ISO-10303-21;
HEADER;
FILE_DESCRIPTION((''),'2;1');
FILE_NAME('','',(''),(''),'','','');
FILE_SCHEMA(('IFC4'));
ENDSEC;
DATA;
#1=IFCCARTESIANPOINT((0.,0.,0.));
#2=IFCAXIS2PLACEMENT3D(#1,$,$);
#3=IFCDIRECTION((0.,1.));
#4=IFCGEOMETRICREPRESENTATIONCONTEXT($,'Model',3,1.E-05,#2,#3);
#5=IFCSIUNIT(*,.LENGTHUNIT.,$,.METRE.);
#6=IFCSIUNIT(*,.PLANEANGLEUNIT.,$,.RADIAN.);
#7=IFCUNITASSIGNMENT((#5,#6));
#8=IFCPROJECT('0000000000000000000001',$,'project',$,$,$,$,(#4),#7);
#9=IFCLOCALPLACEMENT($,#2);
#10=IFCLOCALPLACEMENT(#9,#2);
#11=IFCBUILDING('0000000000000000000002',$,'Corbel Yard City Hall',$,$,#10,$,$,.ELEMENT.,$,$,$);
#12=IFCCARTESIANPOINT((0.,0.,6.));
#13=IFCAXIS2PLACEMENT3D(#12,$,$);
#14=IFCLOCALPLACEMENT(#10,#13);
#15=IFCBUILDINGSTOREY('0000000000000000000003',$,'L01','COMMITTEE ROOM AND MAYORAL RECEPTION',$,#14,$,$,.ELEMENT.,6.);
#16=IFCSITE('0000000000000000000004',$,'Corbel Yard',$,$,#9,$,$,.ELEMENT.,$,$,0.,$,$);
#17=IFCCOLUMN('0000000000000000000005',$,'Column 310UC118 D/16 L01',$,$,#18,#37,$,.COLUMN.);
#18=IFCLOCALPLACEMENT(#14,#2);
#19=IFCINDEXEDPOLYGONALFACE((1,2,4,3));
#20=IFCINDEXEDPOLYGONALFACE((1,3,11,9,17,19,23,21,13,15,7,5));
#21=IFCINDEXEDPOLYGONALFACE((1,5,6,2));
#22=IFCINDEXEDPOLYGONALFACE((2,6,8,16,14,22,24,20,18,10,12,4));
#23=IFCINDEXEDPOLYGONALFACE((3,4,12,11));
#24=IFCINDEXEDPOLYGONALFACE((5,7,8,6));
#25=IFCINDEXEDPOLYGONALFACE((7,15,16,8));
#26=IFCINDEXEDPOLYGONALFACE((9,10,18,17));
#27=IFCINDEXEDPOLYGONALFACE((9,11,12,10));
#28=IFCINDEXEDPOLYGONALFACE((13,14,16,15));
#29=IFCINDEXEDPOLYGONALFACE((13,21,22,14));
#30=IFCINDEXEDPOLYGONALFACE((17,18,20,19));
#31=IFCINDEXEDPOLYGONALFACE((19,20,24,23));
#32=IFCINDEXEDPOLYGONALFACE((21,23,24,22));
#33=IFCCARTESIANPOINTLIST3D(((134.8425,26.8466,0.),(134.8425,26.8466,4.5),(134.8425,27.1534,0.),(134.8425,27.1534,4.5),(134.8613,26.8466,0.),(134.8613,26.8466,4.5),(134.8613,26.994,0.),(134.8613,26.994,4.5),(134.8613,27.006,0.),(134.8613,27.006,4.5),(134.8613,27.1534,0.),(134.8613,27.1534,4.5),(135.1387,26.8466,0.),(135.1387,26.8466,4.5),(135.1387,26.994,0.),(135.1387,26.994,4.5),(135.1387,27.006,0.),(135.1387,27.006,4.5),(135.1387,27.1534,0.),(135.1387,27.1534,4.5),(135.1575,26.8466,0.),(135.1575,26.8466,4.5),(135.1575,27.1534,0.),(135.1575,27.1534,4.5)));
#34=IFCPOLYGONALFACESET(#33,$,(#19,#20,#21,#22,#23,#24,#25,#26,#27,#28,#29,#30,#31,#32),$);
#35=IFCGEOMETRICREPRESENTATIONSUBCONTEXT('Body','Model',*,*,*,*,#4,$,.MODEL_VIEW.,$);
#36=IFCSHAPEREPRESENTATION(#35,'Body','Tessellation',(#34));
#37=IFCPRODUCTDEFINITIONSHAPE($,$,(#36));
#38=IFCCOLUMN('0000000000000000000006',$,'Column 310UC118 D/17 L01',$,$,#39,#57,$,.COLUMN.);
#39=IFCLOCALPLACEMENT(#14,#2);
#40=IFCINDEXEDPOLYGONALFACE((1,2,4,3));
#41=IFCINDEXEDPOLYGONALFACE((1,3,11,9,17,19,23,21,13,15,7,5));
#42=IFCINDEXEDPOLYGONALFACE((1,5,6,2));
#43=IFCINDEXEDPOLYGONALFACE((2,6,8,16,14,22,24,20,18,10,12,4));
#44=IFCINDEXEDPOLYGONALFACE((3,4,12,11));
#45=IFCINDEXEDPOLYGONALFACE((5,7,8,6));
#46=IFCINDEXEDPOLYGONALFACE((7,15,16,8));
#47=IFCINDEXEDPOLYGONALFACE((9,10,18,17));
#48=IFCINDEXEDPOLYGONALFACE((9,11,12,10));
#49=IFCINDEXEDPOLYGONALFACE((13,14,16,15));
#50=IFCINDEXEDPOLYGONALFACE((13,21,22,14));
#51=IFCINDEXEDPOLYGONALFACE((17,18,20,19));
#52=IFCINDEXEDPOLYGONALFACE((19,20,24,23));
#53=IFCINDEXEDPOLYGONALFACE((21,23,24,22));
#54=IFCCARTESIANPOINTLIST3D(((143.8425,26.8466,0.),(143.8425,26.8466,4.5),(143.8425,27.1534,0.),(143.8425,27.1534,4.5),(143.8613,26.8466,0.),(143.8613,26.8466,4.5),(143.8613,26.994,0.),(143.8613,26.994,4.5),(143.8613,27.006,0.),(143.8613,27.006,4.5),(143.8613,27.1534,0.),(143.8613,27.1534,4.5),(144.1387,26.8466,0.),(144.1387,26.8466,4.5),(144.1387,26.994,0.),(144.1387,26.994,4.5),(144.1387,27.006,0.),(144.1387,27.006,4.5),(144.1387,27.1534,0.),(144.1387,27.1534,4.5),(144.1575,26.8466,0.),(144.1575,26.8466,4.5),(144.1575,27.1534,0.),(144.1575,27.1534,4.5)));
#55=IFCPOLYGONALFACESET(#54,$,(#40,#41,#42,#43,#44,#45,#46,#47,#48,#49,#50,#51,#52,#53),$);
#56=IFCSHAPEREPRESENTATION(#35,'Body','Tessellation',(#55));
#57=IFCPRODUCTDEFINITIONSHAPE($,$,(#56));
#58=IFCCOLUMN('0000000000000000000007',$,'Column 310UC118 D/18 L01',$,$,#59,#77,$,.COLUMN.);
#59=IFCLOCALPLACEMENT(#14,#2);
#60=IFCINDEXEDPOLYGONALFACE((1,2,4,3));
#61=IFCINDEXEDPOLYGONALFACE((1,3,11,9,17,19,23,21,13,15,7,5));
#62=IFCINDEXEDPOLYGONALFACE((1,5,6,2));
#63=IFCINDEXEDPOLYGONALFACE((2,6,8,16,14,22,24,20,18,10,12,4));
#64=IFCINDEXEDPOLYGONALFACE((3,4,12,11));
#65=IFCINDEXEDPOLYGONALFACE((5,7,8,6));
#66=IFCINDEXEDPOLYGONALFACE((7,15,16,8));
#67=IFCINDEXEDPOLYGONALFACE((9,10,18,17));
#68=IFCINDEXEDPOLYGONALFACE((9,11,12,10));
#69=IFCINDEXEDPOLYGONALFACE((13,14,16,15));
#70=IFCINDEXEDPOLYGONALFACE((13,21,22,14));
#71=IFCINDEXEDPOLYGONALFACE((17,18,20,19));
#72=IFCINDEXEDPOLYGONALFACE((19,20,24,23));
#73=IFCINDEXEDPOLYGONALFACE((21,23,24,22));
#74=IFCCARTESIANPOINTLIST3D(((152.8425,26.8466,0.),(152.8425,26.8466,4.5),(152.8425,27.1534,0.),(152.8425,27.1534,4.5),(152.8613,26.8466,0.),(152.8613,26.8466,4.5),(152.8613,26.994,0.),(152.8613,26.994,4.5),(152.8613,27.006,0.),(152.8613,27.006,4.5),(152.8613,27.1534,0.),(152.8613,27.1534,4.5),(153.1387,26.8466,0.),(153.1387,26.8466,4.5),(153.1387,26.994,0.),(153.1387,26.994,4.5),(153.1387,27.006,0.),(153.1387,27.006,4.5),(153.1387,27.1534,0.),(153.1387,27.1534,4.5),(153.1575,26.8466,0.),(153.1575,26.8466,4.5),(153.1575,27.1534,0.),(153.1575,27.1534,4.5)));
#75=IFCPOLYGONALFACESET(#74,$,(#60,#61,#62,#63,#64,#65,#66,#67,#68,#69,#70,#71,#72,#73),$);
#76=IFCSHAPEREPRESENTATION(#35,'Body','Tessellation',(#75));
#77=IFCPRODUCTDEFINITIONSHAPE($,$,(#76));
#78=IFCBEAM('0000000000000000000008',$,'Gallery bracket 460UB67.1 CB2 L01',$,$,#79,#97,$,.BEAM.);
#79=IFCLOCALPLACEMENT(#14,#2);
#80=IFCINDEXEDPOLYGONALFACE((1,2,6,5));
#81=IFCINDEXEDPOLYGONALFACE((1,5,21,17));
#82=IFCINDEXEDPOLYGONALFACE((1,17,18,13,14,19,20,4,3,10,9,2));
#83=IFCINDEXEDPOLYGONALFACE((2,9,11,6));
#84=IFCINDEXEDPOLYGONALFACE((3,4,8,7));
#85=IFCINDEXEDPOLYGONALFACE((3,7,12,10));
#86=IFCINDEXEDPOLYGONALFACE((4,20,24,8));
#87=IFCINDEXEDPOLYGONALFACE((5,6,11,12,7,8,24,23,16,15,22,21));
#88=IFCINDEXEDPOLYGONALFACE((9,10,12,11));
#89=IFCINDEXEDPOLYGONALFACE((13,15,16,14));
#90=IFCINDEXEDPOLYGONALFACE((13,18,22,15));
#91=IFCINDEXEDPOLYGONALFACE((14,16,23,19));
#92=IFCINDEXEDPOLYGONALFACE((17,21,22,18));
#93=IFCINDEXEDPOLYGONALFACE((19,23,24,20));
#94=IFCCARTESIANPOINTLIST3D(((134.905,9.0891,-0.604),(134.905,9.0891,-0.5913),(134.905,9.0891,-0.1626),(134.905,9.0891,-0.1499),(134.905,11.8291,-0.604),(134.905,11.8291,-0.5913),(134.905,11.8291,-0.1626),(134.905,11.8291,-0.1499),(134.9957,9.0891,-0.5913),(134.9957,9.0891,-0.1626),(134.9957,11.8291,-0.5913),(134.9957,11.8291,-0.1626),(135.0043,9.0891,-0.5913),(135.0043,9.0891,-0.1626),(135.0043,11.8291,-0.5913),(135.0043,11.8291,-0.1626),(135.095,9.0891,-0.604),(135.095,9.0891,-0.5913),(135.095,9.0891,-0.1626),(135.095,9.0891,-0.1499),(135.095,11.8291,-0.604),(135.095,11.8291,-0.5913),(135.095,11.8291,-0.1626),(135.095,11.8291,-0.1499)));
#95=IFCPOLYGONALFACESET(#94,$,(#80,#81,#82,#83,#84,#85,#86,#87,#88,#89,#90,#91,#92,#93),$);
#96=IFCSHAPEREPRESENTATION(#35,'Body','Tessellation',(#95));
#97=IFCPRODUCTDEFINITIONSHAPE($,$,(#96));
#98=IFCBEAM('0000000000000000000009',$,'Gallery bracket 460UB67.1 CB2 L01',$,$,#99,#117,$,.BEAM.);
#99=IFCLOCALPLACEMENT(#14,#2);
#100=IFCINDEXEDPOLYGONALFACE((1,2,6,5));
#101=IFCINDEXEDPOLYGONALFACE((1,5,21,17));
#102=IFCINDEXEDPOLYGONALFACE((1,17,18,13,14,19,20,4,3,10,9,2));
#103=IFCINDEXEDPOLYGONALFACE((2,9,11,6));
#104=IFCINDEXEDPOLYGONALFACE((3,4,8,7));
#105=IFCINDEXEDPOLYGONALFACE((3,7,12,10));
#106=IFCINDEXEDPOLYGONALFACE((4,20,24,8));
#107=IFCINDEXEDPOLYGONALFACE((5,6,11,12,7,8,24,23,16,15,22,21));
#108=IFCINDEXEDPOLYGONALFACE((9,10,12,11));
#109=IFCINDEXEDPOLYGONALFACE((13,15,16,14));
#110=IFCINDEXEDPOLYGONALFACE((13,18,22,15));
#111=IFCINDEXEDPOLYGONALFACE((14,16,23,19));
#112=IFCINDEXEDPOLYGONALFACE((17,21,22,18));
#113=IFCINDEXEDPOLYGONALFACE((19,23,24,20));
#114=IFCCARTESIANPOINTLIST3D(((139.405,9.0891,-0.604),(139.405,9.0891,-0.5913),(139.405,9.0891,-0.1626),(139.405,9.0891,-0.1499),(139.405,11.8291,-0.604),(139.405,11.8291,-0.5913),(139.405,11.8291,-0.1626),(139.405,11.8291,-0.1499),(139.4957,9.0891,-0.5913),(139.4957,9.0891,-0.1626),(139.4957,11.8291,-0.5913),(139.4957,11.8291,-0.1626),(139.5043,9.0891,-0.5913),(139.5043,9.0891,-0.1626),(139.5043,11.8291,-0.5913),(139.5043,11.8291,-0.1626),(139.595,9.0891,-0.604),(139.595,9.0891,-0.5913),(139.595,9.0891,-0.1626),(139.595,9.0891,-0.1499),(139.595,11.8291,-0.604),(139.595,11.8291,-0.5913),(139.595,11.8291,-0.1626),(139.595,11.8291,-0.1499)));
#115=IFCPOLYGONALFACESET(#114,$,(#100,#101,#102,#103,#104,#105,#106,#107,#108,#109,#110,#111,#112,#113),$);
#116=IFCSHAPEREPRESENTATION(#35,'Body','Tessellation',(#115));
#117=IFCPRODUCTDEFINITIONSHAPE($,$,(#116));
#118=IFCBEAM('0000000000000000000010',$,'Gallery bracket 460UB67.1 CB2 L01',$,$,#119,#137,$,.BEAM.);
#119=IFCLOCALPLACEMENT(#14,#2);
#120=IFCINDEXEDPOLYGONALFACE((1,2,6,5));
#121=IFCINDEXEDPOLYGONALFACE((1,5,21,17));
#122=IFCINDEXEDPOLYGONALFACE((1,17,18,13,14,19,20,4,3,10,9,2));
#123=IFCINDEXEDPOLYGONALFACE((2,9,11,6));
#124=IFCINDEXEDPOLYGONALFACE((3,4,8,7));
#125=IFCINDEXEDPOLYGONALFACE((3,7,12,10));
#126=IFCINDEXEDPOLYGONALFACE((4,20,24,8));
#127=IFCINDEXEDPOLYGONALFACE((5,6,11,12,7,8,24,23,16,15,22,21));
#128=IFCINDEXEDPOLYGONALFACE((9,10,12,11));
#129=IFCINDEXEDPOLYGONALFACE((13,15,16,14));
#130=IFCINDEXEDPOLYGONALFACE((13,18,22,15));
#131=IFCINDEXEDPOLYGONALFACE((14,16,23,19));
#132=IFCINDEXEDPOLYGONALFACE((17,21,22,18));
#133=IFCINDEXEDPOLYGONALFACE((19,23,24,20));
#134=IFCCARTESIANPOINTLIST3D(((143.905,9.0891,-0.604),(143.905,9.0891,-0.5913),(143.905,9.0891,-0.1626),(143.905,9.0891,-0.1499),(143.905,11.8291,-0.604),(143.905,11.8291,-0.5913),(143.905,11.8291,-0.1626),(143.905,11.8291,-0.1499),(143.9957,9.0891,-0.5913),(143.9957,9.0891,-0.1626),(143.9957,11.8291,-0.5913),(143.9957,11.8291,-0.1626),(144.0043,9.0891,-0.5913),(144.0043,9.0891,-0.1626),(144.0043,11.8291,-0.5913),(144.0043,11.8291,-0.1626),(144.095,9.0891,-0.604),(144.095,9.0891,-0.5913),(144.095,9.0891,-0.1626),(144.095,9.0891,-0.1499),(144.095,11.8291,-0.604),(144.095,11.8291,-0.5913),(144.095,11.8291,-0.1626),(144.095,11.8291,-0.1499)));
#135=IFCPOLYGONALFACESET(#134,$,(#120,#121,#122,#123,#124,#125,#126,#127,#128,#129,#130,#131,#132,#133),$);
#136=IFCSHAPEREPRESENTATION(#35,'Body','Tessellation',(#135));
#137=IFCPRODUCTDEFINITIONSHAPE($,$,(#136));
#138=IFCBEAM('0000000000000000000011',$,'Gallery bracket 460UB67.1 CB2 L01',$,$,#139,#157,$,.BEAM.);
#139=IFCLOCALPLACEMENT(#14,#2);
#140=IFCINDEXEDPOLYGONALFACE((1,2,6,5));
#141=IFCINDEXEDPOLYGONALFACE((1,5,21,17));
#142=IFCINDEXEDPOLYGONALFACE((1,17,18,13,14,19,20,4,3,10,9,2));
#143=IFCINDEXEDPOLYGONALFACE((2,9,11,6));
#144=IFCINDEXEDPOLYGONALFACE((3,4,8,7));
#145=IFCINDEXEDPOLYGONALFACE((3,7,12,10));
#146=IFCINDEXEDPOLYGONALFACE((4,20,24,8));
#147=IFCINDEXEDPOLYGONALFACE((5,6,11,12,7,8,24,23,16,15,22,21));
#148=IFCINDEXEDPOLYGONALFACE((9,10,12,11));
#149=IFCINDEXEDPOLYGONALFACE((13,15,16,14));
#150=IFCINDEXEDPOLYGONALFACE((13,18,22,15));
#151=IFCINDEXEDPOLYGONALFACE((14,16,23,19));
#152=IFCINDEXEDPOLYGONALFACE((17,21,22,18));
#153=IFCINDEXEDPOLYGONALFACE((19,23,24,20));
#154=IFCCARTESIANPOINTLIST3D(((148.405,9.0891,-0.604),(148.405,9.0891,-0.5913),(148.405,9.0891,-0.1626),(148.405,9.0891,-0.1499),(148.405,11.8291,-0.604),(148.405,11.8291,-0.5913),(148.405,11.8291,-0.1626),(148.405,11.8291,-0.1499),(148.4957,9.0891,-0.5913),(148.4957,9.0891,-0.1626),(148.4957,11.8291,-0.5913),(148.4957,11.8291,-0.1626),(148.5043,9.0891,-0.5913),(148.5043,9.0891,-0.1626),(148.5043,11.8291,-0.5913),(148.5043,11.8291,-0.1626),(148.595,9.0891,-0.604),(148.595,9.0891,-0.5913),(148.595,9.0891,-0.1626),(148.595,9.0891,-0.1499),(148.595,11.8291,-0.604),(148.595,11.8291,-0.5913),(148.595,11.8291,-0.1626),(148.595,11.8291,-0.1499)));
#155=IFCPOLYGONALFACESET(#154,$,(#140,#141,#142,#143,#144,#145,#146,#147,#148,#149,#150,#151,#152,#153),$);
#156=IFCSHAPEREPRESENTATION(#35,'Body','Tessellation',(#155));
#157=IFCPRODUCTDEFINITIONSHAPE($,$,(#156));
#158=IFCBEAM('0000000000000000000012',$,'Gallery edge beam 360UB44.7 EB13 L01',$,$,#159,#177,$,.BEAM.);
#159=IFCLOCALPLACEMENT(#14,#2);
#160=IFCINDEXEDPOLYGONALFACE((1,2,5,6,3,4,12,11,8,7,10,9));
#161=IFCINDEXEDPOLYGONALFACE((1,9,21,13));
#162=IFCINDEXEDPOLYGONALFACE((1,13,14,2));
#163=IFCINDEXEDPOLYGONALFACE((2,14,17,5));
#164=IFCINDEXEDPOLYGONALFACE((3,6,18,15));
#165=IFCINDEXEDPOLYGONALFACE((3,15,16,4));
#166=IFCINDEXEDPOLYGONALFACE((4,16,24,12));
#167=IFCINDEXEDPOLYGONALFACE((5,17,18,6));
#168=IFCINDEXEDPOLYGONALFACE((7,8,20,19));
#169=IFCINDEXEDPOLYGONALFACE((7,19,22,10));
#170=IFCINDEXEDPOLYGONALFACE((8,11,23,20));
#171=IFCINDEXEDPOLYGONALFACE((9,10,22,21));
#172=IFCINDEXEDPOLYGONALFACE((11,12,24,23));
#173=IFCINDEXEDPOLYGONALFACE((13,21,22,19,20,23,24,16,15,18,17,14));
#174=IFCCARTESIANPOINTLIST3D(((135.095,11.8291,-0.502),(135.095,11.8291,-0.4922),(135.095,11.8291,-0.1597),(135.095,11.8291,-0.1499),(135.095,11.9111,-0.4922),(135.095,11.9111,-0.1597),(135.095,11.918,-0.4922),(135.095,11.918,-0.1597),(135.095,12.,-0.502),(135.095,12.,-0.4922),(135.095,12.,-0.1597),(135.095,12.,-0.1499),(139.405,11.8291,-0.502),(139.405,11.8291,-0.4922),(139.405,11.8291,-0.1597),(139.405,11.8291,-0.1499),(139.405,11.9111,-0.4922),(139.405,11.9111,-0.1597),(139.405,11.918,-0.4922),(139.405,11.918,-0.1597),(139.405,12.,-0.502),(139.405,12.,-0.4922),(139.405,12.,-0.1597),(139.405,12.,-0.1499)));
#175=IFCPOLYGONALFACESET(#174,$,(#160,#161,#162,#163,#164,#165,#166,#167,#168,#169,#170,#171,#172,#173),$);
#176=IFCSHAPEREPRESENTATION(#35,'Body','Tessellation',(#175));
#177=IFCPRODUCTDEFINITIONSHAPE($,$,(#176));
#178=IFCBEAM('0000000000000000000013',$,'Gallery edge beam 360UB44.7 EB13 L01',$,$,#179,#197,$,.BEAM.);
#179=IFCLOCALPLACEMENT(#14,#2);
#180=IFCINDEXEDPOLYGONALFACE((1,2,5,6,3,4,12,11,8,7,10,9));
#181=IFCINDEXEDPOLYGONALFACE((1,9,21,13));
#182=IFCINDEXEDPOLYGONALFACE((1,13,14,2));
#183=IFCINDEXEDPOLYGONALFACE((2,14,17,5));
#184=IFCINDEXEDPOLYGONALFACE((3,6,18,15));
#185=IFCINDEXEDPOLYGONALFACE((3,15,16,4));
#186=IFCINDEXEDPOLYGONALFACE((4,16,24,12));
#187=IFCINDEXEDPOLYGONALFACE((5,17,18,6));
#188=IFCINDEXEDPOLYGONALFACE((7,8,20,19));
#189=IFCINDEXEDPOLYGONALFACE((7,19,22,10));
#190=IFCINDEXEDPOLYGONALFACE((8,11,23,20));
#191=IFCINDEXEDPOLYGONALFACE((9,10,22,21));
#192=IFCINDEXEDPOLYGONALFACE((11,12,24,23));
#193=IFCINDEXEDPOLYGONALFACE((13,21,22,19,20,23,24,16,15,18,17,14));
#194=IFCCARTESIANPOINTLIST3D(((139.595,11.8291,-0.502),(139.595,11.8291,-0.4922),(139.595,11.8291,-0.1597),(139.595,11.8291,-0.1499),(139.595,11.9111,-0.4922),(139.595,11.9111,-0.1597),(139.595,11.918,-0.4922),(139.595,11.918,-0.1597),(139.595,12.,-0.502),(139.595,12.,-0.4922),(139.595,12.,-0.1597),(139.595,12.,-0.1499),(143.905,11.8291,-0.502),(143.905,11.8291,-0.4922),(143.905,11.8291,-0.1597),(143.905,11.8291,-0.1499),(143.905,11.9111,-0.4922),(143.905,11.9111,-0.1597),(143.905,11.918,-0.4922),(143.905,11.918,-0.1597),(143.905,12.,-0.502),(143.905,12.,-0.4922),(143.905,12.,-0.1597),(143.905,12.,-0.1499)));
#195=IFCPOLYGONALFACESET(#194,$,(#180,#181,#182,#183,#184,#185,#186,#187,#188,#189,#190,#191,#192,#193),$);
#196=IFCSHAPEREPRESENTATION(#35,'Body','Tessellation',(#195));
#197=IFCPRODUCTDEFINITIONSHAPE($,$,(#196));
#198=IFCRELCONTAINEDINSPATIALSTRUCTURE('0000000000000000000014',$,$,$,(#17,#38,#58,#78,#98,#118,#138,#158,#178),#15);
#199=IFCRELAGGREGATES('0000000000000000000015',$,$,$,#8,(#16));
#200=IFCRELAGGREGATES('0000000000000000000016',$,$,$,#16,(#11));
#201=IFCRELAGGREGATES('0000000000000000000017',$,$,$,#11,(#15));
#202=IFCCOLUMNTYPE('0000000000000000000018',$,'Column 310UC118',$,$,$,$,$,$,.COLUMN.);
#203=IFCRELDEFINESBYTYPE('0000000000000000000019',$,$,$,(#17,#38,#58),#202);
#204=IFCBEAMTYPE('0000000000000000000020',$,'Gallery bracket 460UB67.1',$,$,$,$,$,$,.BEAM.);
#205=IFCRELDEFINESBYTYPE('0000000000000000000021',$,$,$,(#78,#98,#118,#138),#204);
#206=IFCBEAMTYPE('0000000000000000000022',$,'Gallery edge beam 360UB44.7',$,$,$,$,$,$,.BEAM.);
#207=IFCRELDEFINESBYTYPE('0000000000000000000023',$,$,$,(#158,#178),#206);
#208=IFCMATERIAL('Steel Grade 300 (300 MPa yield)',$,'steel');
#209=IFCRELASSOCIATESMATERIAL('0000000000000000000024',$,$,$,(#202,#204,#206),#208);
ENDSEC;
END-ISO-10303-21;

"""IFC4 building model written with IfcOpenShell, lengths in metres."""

from ifc_helpers import new_model, si_unit, direction, frame, origin, origin_2d, place, context, subcontext, project, spatial, i_section, extrude, material, material_profile, profile_set, type_object, element, save


model = new_model("IFC4")

# Units and contexts
model_context = context("Model", 3, precision=1e-05, world=origin(), true_north=direction((0.0, 1.0)))
body_context = subcontext(model_context, "Body", "Model", "MODEL_VIEW")
ifc_project = project(units=[si_unit("LENGTHUNIT", "METRE"), si_unit("PLANEANGLEUNIT", "RADIAN")], contexts=[model_context])

# Site, building, storey
site_placement = place(None, origin())
site = spatial("IfcSite", under=ifc_project, at=site_placement, Name="Corbel Yard", CompositionType="ELEMENT", RefElevation=0.0)
building_placement = place(site_placement, origin())
building = spatial("IfcBuilding", under=site, at=building_placement, Name="Corbel Yard City Hall", CompositionType="ELEMENT")
storey_placement = place(building_placement, frame((0.0, 0.0, 6.0)))
storey = spatial("IfcBuildingStorey", under=building, at=storey_placement, Name="L01", Description="COMMITTEE ROOM AND MAYORAL RECEPTION", CompositionType="ELEMENT", Elevation=6.0)

# Columns
ifc_material_1 = material(Name="Steel Grade 300 (300 MPa yield)", Category="steel")
ifc_material_profile_1 = material_profile(ifc_material_1, i_section(OverallWidth=0.3069, OverallDepth=0.3149, WebThickness=0.012, FlangeThickness=0.0188, at=origin_2d()), Name="310UC118")
ifc_profile_set_1 = profile_set([ifc_material_profile_1], Name="Steel Grade 300 (300 MPa yield)")
column_type = type_object("IfcColumnType", Name="Column 310UC118", PredefinedType="COLUMN", material=ifc_profile_set_1)
for number, where, z_axis, x_axis, name in (
    (1, (135.0, 27.0, 0.0), (0.0, 0.0, 1.0), (0.0, 1.0, 0.0), "Column 310UC118 D/16 L01"),
    (2, (144.0, 27.0, 0.0), (0.0, 0.0, 1.0), (0.0, 1.0, 0.0), "Column 310UC118 D/17 L01"),
    (3, (153.0, 27.0, 0.0), (0.0, 0.0, 1.0), (0.0, 1.0, 0.0), "Column 310UC118 D/18 L01"),
):
    element("IfcColumn", number, at=place(storey_placement, frame(where, z_axis=z_axis, x_axis=x_axis)), inside=storey, type_object=column_type, Name=name, PredefinedType="COLUMN", context=body_context, shape_type="SweptSolid", body=[
        extrude(i_section(OverallWidth=0.3069, OverallDepth=0.3149, WebThickness=0.012, FlangeThickness=0.0188, at=origin_2d()), origin(), (0.0, 0.0, 1.0), 4.5),
    ])

# Beams
ifc_material_profile_2 = material_profile(ifc_material_1, i_section(OverallWidth=0.1899, OverallDepth=0.4541, WebThickness=0.0085, FlangeThickness=0.0127, at=origin_2d()), Name="460UB67.1")
ifc_profile_set_2 = profile_set([ifc_material_profile_2], Name="Steel Grade 300 (300 MPa yield)")
beam_type_1 = type_object("IfcBeamType", Name="Gallery bracket 460UB67.1", PredefinedType="BEAM", material=ifc_profile_set_2)
for number, where, z_axis, x_axis, name in (
    (4, (135.0, 9.0891, -0.377), (0.0, 1.0, 0.0), (-1.0, 0.0, 0.0), "Gallery bracket 460UB67.1 CB2 L01"),
    (5, (139.5, 9.0891, -0.377), (0.0, 1.0, 0.0), (-1.0, 0.0, 0.0), "Gallery bracket 460UB67.1 CB2 L01"),
    (6, (144.0, 9.0891, -0.377), (0.0, 1.0, 0.0), (-1.0, 0.0, 0.0), "Gallery bracket 460UB67.1 CB2 L01"),
    (7, (148.5, 9.0891, -0.377), (0.0, 1.0, 0.0), (-1.0, 0.0, 0.0), "Gallery bracket 460UB67.1 CB2 L01"),
):
    element("IfcBeam", number, at=place(storey_placement, frame(where, z_axis=z_axis, x_axis=x_axis)), inside=storey, type_object=beam_type_1, Name=name, PredefinedType="BEAM", context=body_context, shape_type="SweptSolid", body=[
        extrude(i_section(OverallWidth=0.1899, OverallDepth=0.4541, WebThickness=0.0085, FlangeThickness=0.0127, at=origin_2d()), origin(), (0.0, 0.0, 1.0), 2.74),
    ])
ifc_material_profile_3 = material_profile(ifc_material_1, i_section(OverallWidth=0.1709, OverallDepth=0.3521, WebThickness=0.0068, FlangeThickness=0.0098, at=origin_2d()), Name="360UB44.7")
ifc_profile_set_3 = profile_set([ifc_material_profile_3], Name="Steel Grade 300 (300 MPa yield)")
beam_type_2 = type_object("IfcBeamType", Name="Gallery edge beam 360UB44.7", PredefinedType="BEAM", material=ifc_profile_set_3)
for number, where, z_axis, x_axis, name in (
    (8, (135.095, 11.9146, -0.3259), (1.0, 0.0, 0.0), (0.0, 1.0, 0.0), "Gallery edge beam 360UB44.7 EB13 L01"),
    (9, (139.595, 11.9146, -0.3259), (1.0, 0.0, 0.0), (0.0, 1.0, 0.0), "Gallery edge beam 360UB44.7 EB13 L01"),
):
    element("IfcBeam", number, at=place(storey_placement, frame(where, z_axis=z_axis, x_axis=x_axis)), inside=storey, type_object=beam_type_2, Name=name, PredefinedType="BEAM", context=body_context, shape_type="SweptSolid", body=[
        extrude(i_section(OverallWidth=0.1709, OverallDepth=0.3521, WebThickness=0.0068, FlangeThickness=0.0098, at=origin_2d()), origin(), (0.0, 0.0, 1.0), 4.3101),
    ])

save(model, "model.ifc")
